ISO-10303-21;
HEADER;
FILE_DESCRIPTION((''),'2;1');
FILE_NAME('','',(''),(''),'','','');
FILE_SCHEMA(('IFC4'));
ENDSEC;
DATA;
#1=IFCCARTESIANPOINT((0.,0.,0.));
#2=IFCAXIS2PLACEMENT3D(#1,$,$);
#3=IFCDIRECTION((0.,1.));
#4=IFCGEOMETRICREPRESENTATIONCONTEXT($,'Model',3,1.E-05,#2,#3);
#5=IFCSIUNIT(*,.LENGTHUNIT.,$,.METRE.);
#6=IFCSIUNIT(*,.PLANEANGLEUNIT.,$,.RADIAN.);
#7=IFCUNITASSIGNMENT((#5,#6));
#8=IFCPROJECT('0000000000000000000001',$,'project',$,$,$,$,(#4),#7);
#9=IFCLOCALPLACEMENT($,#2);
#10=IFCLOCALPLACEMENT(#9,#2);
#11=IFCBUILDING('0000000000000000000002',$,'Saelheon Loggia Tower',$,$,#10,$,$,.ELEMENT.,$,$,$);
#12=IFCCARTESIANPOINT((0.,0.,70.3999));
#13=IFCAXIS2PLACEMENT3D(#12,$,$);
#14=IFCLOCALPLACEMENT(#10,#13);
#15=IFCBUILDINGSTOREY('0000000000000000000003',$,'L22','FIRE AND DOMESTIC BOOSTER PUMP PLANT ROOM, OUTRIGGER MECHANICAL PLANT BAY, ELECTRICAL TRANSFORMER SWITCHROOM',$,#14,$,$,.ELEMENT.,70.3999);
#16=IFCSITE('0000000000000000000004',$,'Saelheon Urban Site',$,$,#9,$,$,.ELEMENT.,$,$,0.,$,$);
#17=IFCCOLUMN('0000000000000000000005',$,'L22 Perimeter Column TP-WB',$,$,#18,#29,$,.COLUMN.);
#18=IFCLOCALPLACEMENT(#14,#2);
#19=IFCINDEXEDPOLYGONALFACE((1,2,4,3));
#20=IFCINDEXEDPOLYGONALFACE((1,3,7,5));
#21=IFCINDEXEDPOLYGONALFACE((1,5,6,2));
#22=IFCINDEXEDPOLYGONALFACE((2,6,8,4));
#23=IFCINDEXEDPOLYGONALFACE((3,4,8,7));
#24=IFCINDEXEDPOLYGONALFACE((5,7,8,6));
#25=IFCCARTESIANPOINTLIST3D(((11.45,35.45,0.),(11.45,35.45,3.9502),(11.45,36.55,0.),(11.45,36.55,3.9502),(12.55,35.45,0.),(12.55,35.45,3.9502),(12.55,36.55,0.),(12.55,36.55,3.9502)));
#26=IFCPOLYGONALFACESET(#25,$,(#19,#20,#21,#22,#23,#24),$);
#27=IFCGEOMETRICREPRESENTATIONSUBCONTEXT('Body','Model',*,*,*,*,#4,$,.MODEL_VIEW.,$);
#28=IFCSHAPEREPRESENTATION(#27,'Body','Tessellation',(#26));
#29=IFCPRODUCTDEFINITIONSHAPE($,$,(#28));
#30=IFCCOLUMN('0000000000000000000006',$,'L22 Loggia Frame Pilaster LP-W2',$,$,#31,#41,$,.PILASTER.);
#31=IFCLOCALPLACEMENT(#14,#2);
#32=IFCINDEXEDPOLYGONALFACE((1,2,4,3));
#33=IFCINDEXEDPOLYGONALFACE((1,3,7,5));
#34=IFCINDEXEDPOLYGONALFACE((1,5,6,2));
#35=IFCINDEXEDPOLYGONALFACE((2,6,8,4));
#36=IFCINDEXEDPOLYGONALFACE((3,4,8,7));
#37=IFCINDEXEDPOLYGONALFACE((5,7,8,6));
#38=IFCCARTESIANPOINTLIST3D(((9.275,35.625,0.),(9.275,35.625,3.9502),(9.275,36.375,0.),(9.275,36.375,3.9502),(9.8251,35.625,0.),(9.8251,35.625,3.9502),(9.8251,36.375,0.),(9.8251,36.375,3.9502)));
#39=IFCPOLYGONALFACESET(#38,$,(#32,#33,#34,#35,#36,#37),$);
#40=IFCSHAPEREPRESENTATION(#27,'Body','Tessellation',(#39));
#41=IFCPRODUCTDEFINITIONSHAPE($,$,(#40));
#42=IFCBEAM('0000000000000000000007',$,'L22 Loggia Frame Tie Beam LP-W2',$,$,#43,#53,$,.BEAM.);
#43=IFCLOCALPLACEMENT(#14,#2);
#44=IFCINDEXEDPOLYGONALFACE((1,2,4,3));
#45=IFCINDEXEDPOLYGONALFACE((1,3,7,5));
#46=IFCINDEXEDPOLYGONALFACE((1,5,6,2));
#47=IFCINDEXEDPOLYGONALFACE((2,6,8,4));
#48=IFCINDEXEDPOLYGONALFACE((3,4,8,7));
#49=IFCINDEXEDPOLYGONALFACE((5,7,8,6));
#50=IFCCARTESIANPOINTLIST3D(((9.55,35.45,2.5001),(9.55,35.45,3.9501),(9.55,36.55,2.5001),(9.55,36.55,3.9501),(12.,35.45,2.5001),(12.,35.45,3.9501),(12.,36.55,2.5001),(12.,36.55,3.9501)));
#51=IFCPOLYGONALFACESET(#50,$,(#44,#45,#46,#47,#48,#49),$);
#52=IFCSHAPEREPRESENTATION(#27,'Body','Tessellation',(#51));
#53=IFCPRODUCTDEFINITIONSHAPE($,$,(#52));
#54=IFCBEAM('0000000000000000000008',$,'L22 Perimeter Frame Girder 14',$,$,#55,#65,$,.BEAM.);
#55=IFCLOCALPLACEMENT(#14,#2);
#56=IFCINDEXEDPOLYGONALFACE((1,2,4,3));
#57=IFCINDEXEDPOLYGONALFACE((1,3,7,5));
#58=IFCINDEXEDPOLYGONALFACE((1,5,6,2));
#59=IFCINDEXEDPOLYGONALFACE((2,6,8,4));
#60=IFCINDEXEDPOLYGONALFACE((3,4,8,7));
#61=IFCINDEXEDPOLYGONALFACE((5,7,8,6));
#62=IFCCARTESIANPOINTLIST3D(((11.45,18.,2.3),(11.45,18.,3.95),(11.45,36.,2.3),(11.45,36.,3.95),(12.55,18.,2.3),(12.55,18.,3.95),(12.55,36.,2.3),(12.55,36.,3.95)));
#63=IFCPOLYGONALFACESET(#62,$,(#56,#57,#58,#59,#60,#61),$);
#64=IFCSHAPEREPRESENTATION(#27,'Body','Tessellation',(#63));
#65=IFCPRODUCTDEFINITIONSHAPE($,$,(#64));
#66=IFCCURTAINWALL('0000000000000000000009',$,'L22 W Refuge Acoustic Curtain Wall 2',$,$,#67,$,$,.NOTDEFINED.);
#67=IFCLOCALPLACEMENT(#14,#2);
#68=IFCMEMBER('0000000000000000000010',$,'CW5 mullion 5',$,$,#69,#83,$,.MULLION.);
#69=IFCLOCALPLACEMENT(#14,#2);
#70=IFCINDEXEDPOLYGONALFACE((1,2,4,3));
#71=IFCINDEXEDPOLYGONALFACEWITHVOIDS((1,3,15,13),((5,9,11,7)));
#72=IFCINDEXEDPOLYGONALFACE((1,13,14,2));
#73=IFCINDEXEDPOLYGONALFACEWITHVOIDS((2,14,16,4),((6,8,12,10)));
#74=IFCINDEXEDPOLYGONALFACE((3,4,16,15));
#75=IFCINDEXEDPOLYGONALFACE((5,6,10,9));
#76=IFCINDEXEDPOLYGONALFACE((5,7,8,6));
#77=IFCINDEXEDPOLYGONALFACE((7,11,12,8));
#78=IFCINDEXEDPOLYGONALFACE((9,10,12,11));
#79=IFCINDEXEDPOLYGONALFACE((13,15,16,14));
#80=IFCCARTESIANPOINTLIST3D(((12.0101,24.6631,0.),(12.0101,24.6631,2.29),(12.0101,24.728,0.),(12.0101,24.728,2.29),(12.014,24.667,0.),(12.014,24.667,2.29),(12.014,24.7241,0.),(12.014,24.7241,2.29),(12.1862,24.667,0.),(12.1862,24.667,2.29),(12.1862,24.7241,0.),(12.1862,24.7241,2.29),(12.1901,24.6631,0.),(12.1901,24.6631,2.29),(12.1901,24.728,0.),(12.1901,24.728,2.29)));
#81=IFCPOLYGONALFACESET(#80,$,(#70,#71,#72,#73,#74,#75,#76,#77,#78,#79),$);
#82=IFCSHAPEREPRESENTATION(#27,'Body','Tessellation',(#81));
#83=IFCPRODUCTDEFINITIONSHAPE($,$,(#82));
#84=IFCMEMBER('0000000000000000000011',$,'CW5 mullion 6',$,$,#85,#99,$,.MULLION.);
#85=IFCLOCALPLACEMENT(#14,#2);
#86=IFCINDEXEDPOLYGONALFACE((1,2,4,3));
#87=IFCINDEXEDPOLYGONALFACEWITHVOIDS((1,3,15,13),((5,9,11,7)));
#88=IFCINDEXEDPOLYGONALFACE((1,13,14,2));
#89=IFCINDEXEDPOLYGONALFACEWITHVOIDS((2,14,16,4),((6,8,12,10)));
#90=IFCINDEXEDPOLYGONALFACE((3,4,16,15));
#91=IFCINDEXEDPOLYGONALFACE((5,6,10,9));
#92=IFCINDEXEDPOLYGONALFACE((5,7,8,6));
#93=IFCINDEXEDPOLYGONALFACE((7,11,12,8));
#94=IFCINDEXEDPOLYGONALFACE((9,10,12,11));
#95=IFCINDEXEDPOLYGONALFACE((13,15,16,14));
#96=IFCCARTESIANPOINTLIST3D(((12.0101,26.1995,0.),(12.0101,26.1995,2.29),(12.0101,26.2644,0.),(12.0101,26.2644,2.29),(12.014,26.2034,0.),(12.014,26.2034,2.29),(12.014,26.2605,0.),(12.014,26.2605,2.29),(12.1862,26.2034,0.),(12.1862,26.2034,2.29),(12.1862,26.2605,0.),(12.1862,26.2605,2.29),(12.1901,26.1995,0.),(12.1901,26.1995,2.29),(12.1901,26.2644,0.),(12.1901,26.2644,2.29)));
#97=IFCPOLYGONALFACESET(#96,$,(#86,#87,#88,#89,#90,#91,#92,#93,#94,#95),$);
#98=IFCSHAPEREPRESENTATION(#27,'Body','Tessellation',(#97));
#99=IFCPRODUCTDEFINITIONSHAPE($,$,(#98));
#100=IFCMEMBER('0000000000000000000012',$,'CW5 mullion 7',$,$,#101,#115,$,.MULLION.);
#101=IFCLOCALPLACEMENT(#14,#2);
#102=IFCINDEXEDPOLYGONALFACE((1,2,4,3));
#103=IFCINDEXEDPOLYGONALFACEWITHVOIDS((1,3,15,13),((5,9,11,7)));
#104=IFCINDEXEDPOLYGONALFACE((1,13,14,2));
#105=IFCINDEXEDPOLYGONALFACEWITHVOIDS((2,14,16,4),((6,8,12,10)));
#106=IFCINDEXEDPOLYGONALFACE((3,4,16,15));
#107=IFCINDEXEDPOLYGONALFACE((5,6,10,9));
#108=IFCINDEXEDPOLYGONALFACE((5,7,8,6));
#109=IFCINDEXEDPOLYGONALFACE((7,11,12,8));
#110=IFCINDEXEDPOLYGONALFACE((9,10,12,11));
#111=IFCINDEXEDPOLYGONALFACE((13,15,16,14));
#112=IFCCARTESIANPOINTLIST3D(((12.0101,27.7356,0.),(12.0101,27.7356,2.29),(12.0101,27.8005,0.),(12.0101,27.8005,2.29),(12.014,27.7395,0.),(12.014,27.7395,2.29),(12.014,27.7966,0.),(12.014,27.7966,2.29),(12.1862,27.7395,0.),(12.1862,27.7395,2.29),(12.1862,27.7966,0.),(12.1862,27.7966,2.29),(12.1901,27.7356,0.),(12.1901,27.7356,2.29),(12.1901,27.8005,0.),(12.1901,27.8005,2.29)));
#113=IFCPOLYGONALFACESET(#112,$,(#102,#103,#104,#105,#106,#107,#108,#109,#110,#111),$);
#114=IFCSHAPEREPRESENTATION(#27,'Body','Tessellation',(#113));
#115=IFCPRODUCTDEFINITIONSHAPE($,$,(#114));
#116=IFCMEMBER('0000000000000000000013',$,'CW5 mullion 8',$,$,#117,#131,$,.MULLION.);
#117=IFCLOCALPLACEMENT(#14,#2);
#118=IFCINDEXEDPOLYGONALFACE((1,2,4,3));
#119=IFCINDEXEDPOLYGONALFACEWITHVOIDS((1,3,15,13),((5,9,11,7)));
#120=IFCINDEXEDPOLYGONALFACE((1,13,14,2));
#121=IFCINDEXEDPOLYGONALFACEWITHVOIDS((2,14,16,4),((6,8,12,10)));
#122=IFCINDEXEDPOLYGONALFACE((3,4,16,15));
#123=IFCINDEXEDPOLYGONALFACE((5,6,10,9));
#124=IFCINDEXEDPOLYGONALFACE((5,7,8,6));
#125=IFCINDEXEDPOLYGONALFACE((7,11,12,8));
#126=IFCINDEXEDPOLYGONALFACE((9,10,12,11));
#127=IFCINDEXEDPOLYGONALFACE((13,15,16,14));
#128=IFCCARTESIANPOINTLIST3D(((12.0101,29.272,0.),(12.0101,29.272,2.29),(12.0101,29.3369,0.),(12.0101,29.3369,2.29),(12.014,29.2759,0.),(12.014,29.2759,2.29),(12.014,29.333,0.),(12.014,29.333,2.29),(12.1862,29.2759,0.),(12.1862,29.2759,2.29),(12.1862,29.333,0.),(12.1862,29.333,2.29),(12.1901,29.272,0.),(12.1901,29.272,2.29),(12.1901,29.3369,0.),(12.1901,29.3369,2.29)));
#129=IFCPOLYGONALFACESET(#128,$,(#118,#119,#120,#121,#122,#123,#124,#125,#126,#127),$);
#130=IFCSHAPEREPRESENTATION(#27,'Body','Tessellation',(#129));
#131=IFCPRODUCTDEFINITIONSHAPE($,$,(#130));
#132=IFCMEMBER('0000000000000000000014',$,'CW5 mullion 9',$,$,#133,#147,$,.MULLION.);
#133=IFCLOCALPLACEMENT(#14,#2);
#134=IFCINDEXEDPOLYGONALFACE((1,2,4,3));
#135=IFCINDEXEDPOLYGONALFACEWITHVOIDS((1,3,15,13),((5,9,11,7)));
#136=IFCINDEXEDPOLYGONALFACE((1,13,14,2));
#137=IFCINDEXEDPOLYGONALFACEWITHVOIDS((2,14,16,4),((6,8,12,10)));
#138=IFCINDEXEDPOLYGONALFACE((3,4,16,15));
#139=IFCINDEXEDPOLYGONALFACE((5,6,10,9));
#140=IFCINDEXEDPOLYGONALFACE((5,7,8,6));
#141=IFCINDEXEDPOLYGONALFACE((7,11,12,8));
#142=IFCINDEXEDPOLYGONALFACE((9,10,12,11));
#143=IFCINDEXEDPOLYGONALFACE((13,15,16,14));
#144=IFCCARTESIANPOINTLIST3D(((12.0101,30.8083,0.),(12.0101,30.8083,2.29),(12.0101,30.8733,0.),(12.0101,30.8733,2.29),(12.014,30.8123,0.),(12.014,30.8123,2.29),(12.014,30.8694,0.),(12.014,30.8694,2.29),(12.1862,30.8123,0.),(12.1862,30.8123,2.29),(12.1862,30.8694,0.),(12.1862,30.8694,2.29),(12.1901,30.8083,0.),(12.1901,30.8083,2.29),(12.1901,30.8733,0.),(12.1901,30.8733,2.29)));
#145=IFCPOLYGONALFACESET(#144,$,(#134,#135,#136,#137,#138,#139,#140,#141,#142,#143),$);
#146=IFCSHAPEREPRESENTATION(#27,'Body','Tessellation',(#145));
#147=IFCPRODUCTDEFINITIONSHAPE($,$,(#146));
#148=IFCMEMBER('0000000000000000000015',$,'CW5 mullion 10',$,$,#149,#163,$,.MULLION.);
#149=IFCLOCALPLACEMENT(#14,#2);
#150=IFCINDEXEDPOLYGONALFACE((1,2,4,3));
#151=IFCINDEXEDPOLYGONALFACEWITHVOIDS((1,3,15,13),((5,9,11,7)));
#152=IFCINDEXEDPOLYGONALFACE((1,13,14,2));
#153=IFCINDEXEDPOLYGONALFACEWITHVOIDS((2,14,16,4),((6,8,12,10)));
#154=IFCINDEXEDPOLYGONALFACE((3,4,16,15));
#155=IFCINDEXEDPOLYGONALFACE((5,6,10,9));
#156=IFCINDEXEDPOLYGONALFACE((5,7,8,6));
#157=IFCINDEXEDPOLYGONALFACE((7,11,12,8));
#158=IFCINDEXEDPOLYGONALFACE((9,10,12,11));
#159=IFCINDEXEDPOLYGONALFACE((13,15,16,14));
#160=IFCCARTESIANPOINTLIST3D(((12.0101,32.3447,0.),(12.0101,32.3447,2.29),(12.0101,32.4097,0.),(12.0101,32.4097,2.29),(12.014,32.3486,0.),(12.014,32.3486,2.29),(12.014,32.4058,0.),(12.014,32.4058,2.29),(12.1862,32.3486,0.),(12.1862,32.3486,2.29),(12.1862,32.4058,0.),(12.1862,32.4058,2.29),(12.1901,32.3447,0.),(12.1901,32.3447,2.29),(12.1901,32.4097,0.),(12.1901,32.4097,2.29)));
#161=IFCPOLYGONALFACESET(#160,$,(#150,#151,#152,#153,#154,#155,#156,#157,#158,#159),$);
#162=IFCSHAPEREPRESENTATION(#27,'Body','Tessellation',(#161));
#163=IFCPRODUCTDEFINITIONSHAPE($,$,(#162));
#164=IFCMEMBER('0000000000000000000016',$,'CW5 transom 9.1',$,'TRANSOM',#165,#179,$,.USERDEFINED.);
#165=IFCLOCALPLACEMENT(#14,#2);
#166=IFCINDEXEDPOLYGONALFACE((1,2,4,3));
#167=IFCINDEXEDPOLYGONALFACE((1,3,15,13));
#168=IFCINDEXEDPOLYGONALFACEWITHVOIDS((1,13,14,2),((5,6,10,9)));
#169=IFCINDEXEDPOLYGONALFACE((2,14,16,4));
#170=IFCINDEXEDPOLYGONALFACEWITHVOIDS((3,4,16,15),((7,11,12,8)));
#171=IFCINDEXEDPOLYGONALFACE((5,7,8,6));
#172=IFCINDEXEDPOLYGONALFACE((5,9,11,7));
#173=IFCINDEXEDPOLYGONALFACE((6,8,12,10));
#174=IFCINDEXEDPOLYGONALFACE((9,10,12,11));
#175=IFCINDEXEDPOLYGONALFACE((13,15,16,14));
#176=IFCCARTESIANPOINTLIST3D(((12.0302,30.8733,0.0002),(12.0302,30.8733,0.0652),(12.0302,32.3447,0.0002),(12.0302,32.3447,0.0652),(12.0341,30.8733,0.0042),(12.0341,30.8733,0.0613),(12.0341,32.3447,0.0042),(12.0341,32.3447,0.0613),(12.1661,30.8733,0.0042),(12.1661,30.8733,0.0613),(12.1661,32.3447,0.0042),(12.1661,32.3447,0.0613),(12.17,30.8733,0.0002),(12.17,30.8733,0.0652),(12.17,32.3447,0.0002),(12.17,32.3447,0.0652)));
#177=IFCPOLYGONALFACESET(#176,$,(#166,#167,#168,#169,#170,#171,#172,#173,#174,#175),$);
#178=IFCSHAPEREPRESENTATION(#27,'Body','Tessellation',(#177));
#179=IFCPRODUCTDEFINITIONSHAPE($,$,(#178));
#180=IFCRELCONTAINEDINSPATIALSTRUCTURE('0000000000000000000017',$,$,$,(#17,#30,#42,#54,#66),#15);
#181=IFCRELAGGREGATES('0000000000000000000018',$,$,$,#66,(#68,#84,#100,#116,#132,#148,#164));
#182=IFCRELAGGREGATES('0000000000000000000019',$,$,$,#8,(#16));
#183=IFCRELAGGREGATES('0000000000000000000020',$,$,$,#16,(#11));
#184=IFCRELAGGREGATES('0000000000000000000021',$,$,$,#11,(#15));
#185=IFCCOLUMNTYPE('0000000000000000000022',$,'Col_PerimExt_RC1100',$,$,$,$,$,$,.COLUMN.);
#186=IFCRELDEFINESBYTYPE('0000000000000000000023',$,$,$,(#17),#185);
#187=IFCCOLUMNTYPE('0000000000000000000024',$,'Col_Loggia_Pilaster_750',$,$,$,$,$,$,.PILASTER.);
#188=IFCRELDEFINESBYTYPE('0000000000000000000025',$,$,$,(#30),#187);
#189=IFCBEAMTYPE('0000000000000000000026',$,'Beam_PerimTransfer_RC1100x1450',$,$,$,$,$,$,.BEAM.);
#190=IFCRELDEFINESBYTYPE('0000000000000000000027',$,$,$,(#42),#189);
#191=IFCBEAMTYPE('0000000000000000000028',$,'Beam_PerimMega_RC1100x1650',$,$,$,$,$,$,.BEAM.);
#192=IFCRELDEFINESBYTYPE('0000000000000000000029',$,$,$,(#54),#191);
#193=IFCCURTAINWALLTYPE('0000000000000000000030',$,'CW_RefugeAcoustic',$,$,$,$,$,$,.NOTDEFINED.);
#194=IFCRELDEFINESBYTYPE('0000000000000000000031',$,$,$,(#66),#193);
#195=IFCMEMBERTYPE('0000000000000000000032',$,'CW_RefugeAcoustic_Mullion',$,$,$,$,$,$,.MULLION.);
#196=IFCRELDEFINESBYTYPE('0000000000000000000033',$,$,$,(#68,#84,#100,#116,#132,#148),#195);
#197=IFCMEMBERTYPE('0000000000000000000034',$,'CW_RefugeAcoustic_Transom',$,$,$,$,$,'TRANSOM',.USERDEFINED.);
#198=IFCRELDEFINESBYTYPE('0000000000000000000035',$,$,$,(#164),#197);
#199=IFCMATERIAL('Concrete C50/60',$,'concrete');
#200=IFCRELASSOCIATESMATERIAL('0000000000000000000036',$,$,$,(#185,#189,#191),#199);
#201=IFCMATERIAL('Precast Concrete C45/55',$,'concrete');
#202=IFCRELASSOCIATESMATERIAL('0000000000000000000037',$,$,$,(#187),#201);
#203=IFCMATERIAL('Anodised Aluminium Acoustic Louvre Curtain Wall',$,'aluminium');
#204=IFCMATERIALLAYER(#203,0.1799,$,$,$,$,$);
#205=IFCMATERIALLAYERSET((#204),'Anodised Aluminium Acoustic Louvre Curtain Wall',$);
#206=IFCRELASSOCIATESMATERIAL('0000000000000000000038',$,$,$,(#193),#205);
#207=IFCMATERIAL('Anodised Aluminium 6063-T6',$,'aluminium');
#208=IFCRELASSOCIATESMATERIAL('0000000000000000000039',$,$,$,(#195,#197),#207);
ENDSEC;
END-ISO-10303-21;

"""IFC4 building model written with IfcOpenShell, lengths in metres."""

from ifc_helpers import new_model, si_unit, direction, frame, origin, origin_2d, place, context, subcontext, project, spatial, rectangle, hollow_rectangle, extrude, source, transform, mapped, material, layer, layer_set, material_profile, profile_set, type_object, element, aggregate, save


model = new_model("IFC4")

# Units and contexts
model_context = context("Model", 3, precision=1e-05, world=origin(), true_north=direction((0.0, 1.0)))
body_context = subcontext(model_context, "Body", "Model", "MODEL_VIEW")
ifc_project = project(units=[si_unit("LENGTHUNIT", "METRE"), si_unit("PLANEANGLEUNIT", "RADIAN")], contexts=[model_context])

# Site, building, storey
site_placement = place(None, origin())
site = spatial("IfcSite", under=ifc_project, at=site_placement, Name="Saelheon Urban Site", CompositionType="ELEMENT", RefElevation=0.0)
building_placement = place(site_placement, origin())
building = spatial("IfcBuilding", under=site, at=building_placement, Name="Saelheon Loggia Tower", CompositionType="ELEMENT")
storey_placement = place(building_placement, frame((0.0, 0.0, 70.3999)))
storey = spatial("IfcBuildingStorey", under=building, at=storey_placement, Name="L22", Description="FIRE AND DOMESTIC BOOSTER PUMP PLANT ROOM, OUTRIGGER MECHANICAL PLANT BAY, ELECTRICAL TRANSFORMER SWITCHROOM", CompositionType="ELEMENT", Elevation=70.3999)

# Columns
ifc_material_1 = material(Name="Concrete C50/60", Category="concrete")
ifc_material_profile_1 = material_profile(ifc_material_1, rectangle(XDim=1.1001, YDim=1.1001, at=origin_2d()), Name="RC-1100x1100")
ifc_profile_set_1 = profile_set([ifc_material_profile_1], Name="Concrete C50/60")
column_type_1 = type_object("IfcColumnType", Name="Col_PerimExt_RC1100", PredefinedType="COLUMN", material=ifc_profile_set_1)
shared_shape_1 = source(origin(), body_context, "Body", "SweptSolid", [
    extrude(rectangle(XDim=1.1001, YDim=1.1001, at=origin_2d()), origin(), (0.0, 0.0, 1.0), 3.9502),
])
column_1_placement = place(storey_placement, frame((12.0, 36.0, 0.0), z_axis=(0.0, 0.0, 1.0), x_axis=(1.0, 0.0, 0.0)))
element("IfcColumn", 1, at=column_1_placement, inside=storey, type_object=column_type_1, Name="L22 Perimeter Column TP-WB", PredefinedType="COLUMN", context=body_context, shape_type="MappedRepresentation", body=[
    mapped(shared_shape_1, transform((0.0, 0.0, 0.0), scale=1.0)),
])
ifc_material_2 = material(Name="Precast Concrete C45/55", Category="concrete")
ifc_material_profile_2 = material_profile(ifc_material_2, rectangle(XDim=0.55, YDim=0.75, at=origin_2d()), Name="RC-550x750")
ifc_profile_set_2 = profile_set([ifc_material_profile_2], Name="Precast Concrete C45/55")
column_type_2 = type_object("IfcColumnType", Name="Col_Loggia_Pilaster_750", PredefinedType="PILASTER", material=ifc_profile_set_2)
shared_shape_2 = source(origin(), body_context, "Body", "SweptSolid", [
    extrude(rectangle(XDim=0.55, YDim=0.75, at=origin_2d()), origin(), (0.0, 0.0, 1.0), 3.9502),
])
column_2_placement = place(storey_placement, frame((9.55, 36.0, 0.0), z_axis=(0.0, 0.0, 1.0), x_axis=(1.0, 0.0, 0.0)))
element("IfcColumn", 2, at=column_2_placement, inside=storey, type_object=column_type_2, Name="L22 Loggia Frame Pilaster LP-W2", PredefinedType="PILASTER", context=body_context, shape_type="MappedRepresentation", body=[
    mapped(shared_shape_2, transform((0.0, 0.0, 0.0), scale=1.0)),
])

# Beams
ifc_material_profile_3 = material_profile(ifc_material_1, rectangle(XDim=1.1001, YDim=1.45, at=origin_2d()), Name="RC-1100x1450")
ifc_profile_set_3 = profile_set([ifc_material_profile_3], Name="Concrete C50/60")
beam_type_1 = type_object("IfcBeamType", Name="Beam_PerimTransfer_RC1100x1450", PredefinedType="BEAM", material=ifc_profile_set_3)
shared_shape_3 = source(origin(), body_context, "Body", "SweptSolid", [
    extrude(rectangle(XDim=1.1001, YDim=1.45, at=origin_2d()), origin(), (0.0, 0.0, 1.0), 2.45),
])
beam_1_placement = place(storey_placement, frame((12.0, 36.0, 3.2251), z_axis=(-1.0, 0.0, 0.0), x_axis=(0.0, -1.0, 0.0)))
element("IfcBeam", 3, at=beam_1_placement, inside=storey, type_object=beam_type_1, Name="L22 Loggia Frame Tie Beam LP-W2", PredefinedType="BEAM", context=body_context, shape_type="MappedRepresentation", body=[
    mapped(shared_shape_3, transform((0.0, 0.0, 0.0), scale=1.0)),
])
ifc_material_profile_4 = material_profile(ifc_material_1, rectangle(XDim=1.1001, YDim=1.6499, at=origin_2d()), Name="RC-1100x1650")
ifc_profile_set_4 = profile_set([ifc_material_profile_4], Name="Concrete C50/60")
beam_type_2 = type_object("IfcBeamType", Name="Beam_PerimMega_RC1100x1650", PredefinedType="BEAM", material=ifc_profile_set_4)
shared_shape_4 = source(origin(), body_context, "Body", "SweptSolid", [
    extrude(rectangle(XDim=1.1001, YDim=1.6499, at=origin_2d()), origin(), (0.0, 0.0, 1.0), 18.0),
])
beam_2_placement = place(storey_placement, frame((12.0, 36.0, 3.125), z_axis=(0.0, -1.0, 0.0), x_axis=(1.0, 0.0, 0.0)))
element("IfcBeam", 4, at=beam_2_placement, inside=storey, type_object=beam_type_2, Name="L22 Perimeter Frame Girder 14", PredefinedType="BEAM", context=body_context, shape_type="MappedRepresentation", body=[
    mapped(shared_shape_4, transform((0.0, 0.0, 0.0), scale=1.0)),
])

# Curtain wall, members
ifc_material_3 = material(Name="Anodised Aluminium Acoustic Louvre Curtain Wall", Category="aluminium")
ifc_layer_1 = layer(ifc_material_3, 0.1799)
ifc_layer_set_1 = layer_set([ifc_layer_1], Name="Anodised Aluminium Acoustic Louvre Curtain Wall")
curtain_wall_type = type_object("IfcCurtainWallType", Name="CW_RefugeAcoustic", PredefinedType="NOTDEFINED", material=ifc_layer_set_1)
curtain_wall_placement = place(storey_placement, origin())
curtain_wall = element("IfcCurtainWall", 5, at=curtain_wall_placement, inside=storey, type_object=curtain_wall_type, Name="L22 W Refuge Acoustic Curtain Wall 2", PredefinedType="NOTDEFINED")
ifc_material_4 = material(Name="Anodised Aluminium 6063-T6", Category="aluminium")
ifc_material_profile_5 = material_profile(ifc_material_4, hollow_rectangle(XDim=0.0649, YDim=0.1799, WallThickness=0.0039, at=origin_2d()), Name="RHS-180x65x4")
ifc_profile_set_5 = profile_set([ifc_material_profile_5], Name="Anodised Aluminium 6063-T6")
member_type_1 = type_object("IfcMemberType", Name="CW_RefugeAcoustic_Mullion", PredefinedType="MULLION", material=ifc_profile_set_5)
shared_shape_5 = source(origin(), body_context, "Body", "SweptSolid", [
    extrude(hollow_rectangle(XDim=0.0649, YDim=0.1799, WallThickness=0.0039, at=origin_2d()), origin(), (0.0, 0.0, 1.0), 2.29),
])
member_1_placement = place(storey_placement, frame((12.1001, 24.6956, 0.0), z_axis=(0.0, 0.0, 1.0), x_axis=(0.0, 1.0, 0.0)))
member_1 = element("IfcMember", 6, at=member_1_placement, type_object=member_type_1, Name="CW5 mullion 5", PredefinedType="MULLION", context=body_context, shape_type="MappedRepresentation", body=[
    mapped(shared_shape_5, transform((0.0, 0.0, 0.0), scale=1.0)),
])
member_2_placement = place(storey_placement, frame((12.1001, 26.2319, 0.0), z_axis=(0.0, 0.0, 1.0), x_axis=(0.0, 1.0, 0.0)))
member_2 = element("IfcMember", 7, at=member_2_placement, type_object=member_type_1, Name="CW5 mullion 6", PredefinedType="MULLION", context=body_context, shape_type="MappedRepresentation", body=[
    mapped(shared_shape_5, transform((0.0, 0.0, 0.0), scale=1.0)),
])
member_3_placement = place(storey_placement, frame((12.1001, 27.7681, 0.0), z_axis=(0.0, 0.0, 1.0), x_axis=(0.0, 1.0, 0.0)))
member_3 = element("IfcMember", 8, at=member_3_placement, type_object=member_type_1, Name="CW5 mullion 7", PredefinedType="MULLION", context=body_context, shape_type="MappedRepresentation", body=[
    mapped(shared_shape_5, transform((0.0, 0.0, 0.0), scale=1.0)),
])
member_4_placement = place(storey_placement, frame((12.1001, 29.3044, 0.0), z_axis=(0.0, 0.0, 1.0), x_axis=(0.0, 1.0, 0.0)))
member_4 = element("IfcMember", 9, at=member_4_placement, type_object=member_type_1, Name="CW5 mullion 8", PredefinedType="MULLION", context=body_context, shape_type="MappedRepresentation", body=[
    mapped(shared_shape_5, transform((0.0, 0.0, 0.0), scale=1.0)),
])
member_5_placement = place(storey_placement, frame((12.1001, 30.8408, 0.0), z_axis=(0.0, 0.0, 1.0), x_axis=(0.0, 1.0, 0.0)))
member_5 = element("IfcMember", 10, at=member_5_placement, type_object=member_type_1, Name="CW5 mullion 9", PredefinedType="MULLION", context=body_context, shape_type="MappedRepresentation", body=[
    mapped(shared_shape_5, transform((0.0, 0.0, 0.0), scale=1.0)),
])
member_6_placement = place(storey_placement, frame((12.1001, 32.3772, 0.0), z_axis=(0.0, 0.0, 1.0), x_axis=(0.0, 1.0, 0.0)))
member_6 = element("IfcMember", 11, at=member_6_placement, type_object=member_type_1, Name="CW5 mullion 10", PredefinedType="MULLION", context=body_context, shape_type="MappedRepresentation", body=[
    mapped(shared_shape_5, transform((0.0, 0.0, 0.0), scale=1.0)),
])
ifc_material_profile_6 = material_profile(ifc_material_4, hollow_rectangle(XDim=0.0649, YDim=0.1399, WallThickness=0.0039, at=origin_2d()), Name="RHS-140x65x4")
ifc_profile_set_6 = profile_set([ifc_material_profile_6], Name="Anodised Aluminium 6063-T6")
member_type_2 = type_object("IfcMemberType", Name="CW_RefugeAcoustic_Transom", ElementType="TRANSOM", PredefinedType="USERDEFINED", material=ifc_profile_set_6)
shared_shape_6 = source(origin(), body_context, "Body", "SweptSolid", [
    extrude(hollow_rectangle(XDim=0.0649, YDim=0.1399, WallThickness=0.0039, at=origin_2d()), origin(), (0.0, 0.0, 1.0), 1.4714),
])
member_7_placement = place(storey_placement, frame((12.1001, 30.8733, 0.0327), z_axis=(0.0, 1.0, 0.0), x_axis=(0.0, 0.0, 1.0)))
member_7 = element("IfcMember", 12, at=member_7_placement, type_object=member_type_2, Name="CW5 transom 9.1", ObjectType="TRANSOM", PredefinedType="USERDEFINED", context=body_context, shape_type="MappedRepresentation", body=[
    mapped(shared_shape_6, transform((0.0, 0.0, 0.0), scale=1.0)),
])
aggregate(curtain_wall, [member_1, member_2, member_3, member_4, member_5, member_6, member_7])

save(model, "model.ifc")
